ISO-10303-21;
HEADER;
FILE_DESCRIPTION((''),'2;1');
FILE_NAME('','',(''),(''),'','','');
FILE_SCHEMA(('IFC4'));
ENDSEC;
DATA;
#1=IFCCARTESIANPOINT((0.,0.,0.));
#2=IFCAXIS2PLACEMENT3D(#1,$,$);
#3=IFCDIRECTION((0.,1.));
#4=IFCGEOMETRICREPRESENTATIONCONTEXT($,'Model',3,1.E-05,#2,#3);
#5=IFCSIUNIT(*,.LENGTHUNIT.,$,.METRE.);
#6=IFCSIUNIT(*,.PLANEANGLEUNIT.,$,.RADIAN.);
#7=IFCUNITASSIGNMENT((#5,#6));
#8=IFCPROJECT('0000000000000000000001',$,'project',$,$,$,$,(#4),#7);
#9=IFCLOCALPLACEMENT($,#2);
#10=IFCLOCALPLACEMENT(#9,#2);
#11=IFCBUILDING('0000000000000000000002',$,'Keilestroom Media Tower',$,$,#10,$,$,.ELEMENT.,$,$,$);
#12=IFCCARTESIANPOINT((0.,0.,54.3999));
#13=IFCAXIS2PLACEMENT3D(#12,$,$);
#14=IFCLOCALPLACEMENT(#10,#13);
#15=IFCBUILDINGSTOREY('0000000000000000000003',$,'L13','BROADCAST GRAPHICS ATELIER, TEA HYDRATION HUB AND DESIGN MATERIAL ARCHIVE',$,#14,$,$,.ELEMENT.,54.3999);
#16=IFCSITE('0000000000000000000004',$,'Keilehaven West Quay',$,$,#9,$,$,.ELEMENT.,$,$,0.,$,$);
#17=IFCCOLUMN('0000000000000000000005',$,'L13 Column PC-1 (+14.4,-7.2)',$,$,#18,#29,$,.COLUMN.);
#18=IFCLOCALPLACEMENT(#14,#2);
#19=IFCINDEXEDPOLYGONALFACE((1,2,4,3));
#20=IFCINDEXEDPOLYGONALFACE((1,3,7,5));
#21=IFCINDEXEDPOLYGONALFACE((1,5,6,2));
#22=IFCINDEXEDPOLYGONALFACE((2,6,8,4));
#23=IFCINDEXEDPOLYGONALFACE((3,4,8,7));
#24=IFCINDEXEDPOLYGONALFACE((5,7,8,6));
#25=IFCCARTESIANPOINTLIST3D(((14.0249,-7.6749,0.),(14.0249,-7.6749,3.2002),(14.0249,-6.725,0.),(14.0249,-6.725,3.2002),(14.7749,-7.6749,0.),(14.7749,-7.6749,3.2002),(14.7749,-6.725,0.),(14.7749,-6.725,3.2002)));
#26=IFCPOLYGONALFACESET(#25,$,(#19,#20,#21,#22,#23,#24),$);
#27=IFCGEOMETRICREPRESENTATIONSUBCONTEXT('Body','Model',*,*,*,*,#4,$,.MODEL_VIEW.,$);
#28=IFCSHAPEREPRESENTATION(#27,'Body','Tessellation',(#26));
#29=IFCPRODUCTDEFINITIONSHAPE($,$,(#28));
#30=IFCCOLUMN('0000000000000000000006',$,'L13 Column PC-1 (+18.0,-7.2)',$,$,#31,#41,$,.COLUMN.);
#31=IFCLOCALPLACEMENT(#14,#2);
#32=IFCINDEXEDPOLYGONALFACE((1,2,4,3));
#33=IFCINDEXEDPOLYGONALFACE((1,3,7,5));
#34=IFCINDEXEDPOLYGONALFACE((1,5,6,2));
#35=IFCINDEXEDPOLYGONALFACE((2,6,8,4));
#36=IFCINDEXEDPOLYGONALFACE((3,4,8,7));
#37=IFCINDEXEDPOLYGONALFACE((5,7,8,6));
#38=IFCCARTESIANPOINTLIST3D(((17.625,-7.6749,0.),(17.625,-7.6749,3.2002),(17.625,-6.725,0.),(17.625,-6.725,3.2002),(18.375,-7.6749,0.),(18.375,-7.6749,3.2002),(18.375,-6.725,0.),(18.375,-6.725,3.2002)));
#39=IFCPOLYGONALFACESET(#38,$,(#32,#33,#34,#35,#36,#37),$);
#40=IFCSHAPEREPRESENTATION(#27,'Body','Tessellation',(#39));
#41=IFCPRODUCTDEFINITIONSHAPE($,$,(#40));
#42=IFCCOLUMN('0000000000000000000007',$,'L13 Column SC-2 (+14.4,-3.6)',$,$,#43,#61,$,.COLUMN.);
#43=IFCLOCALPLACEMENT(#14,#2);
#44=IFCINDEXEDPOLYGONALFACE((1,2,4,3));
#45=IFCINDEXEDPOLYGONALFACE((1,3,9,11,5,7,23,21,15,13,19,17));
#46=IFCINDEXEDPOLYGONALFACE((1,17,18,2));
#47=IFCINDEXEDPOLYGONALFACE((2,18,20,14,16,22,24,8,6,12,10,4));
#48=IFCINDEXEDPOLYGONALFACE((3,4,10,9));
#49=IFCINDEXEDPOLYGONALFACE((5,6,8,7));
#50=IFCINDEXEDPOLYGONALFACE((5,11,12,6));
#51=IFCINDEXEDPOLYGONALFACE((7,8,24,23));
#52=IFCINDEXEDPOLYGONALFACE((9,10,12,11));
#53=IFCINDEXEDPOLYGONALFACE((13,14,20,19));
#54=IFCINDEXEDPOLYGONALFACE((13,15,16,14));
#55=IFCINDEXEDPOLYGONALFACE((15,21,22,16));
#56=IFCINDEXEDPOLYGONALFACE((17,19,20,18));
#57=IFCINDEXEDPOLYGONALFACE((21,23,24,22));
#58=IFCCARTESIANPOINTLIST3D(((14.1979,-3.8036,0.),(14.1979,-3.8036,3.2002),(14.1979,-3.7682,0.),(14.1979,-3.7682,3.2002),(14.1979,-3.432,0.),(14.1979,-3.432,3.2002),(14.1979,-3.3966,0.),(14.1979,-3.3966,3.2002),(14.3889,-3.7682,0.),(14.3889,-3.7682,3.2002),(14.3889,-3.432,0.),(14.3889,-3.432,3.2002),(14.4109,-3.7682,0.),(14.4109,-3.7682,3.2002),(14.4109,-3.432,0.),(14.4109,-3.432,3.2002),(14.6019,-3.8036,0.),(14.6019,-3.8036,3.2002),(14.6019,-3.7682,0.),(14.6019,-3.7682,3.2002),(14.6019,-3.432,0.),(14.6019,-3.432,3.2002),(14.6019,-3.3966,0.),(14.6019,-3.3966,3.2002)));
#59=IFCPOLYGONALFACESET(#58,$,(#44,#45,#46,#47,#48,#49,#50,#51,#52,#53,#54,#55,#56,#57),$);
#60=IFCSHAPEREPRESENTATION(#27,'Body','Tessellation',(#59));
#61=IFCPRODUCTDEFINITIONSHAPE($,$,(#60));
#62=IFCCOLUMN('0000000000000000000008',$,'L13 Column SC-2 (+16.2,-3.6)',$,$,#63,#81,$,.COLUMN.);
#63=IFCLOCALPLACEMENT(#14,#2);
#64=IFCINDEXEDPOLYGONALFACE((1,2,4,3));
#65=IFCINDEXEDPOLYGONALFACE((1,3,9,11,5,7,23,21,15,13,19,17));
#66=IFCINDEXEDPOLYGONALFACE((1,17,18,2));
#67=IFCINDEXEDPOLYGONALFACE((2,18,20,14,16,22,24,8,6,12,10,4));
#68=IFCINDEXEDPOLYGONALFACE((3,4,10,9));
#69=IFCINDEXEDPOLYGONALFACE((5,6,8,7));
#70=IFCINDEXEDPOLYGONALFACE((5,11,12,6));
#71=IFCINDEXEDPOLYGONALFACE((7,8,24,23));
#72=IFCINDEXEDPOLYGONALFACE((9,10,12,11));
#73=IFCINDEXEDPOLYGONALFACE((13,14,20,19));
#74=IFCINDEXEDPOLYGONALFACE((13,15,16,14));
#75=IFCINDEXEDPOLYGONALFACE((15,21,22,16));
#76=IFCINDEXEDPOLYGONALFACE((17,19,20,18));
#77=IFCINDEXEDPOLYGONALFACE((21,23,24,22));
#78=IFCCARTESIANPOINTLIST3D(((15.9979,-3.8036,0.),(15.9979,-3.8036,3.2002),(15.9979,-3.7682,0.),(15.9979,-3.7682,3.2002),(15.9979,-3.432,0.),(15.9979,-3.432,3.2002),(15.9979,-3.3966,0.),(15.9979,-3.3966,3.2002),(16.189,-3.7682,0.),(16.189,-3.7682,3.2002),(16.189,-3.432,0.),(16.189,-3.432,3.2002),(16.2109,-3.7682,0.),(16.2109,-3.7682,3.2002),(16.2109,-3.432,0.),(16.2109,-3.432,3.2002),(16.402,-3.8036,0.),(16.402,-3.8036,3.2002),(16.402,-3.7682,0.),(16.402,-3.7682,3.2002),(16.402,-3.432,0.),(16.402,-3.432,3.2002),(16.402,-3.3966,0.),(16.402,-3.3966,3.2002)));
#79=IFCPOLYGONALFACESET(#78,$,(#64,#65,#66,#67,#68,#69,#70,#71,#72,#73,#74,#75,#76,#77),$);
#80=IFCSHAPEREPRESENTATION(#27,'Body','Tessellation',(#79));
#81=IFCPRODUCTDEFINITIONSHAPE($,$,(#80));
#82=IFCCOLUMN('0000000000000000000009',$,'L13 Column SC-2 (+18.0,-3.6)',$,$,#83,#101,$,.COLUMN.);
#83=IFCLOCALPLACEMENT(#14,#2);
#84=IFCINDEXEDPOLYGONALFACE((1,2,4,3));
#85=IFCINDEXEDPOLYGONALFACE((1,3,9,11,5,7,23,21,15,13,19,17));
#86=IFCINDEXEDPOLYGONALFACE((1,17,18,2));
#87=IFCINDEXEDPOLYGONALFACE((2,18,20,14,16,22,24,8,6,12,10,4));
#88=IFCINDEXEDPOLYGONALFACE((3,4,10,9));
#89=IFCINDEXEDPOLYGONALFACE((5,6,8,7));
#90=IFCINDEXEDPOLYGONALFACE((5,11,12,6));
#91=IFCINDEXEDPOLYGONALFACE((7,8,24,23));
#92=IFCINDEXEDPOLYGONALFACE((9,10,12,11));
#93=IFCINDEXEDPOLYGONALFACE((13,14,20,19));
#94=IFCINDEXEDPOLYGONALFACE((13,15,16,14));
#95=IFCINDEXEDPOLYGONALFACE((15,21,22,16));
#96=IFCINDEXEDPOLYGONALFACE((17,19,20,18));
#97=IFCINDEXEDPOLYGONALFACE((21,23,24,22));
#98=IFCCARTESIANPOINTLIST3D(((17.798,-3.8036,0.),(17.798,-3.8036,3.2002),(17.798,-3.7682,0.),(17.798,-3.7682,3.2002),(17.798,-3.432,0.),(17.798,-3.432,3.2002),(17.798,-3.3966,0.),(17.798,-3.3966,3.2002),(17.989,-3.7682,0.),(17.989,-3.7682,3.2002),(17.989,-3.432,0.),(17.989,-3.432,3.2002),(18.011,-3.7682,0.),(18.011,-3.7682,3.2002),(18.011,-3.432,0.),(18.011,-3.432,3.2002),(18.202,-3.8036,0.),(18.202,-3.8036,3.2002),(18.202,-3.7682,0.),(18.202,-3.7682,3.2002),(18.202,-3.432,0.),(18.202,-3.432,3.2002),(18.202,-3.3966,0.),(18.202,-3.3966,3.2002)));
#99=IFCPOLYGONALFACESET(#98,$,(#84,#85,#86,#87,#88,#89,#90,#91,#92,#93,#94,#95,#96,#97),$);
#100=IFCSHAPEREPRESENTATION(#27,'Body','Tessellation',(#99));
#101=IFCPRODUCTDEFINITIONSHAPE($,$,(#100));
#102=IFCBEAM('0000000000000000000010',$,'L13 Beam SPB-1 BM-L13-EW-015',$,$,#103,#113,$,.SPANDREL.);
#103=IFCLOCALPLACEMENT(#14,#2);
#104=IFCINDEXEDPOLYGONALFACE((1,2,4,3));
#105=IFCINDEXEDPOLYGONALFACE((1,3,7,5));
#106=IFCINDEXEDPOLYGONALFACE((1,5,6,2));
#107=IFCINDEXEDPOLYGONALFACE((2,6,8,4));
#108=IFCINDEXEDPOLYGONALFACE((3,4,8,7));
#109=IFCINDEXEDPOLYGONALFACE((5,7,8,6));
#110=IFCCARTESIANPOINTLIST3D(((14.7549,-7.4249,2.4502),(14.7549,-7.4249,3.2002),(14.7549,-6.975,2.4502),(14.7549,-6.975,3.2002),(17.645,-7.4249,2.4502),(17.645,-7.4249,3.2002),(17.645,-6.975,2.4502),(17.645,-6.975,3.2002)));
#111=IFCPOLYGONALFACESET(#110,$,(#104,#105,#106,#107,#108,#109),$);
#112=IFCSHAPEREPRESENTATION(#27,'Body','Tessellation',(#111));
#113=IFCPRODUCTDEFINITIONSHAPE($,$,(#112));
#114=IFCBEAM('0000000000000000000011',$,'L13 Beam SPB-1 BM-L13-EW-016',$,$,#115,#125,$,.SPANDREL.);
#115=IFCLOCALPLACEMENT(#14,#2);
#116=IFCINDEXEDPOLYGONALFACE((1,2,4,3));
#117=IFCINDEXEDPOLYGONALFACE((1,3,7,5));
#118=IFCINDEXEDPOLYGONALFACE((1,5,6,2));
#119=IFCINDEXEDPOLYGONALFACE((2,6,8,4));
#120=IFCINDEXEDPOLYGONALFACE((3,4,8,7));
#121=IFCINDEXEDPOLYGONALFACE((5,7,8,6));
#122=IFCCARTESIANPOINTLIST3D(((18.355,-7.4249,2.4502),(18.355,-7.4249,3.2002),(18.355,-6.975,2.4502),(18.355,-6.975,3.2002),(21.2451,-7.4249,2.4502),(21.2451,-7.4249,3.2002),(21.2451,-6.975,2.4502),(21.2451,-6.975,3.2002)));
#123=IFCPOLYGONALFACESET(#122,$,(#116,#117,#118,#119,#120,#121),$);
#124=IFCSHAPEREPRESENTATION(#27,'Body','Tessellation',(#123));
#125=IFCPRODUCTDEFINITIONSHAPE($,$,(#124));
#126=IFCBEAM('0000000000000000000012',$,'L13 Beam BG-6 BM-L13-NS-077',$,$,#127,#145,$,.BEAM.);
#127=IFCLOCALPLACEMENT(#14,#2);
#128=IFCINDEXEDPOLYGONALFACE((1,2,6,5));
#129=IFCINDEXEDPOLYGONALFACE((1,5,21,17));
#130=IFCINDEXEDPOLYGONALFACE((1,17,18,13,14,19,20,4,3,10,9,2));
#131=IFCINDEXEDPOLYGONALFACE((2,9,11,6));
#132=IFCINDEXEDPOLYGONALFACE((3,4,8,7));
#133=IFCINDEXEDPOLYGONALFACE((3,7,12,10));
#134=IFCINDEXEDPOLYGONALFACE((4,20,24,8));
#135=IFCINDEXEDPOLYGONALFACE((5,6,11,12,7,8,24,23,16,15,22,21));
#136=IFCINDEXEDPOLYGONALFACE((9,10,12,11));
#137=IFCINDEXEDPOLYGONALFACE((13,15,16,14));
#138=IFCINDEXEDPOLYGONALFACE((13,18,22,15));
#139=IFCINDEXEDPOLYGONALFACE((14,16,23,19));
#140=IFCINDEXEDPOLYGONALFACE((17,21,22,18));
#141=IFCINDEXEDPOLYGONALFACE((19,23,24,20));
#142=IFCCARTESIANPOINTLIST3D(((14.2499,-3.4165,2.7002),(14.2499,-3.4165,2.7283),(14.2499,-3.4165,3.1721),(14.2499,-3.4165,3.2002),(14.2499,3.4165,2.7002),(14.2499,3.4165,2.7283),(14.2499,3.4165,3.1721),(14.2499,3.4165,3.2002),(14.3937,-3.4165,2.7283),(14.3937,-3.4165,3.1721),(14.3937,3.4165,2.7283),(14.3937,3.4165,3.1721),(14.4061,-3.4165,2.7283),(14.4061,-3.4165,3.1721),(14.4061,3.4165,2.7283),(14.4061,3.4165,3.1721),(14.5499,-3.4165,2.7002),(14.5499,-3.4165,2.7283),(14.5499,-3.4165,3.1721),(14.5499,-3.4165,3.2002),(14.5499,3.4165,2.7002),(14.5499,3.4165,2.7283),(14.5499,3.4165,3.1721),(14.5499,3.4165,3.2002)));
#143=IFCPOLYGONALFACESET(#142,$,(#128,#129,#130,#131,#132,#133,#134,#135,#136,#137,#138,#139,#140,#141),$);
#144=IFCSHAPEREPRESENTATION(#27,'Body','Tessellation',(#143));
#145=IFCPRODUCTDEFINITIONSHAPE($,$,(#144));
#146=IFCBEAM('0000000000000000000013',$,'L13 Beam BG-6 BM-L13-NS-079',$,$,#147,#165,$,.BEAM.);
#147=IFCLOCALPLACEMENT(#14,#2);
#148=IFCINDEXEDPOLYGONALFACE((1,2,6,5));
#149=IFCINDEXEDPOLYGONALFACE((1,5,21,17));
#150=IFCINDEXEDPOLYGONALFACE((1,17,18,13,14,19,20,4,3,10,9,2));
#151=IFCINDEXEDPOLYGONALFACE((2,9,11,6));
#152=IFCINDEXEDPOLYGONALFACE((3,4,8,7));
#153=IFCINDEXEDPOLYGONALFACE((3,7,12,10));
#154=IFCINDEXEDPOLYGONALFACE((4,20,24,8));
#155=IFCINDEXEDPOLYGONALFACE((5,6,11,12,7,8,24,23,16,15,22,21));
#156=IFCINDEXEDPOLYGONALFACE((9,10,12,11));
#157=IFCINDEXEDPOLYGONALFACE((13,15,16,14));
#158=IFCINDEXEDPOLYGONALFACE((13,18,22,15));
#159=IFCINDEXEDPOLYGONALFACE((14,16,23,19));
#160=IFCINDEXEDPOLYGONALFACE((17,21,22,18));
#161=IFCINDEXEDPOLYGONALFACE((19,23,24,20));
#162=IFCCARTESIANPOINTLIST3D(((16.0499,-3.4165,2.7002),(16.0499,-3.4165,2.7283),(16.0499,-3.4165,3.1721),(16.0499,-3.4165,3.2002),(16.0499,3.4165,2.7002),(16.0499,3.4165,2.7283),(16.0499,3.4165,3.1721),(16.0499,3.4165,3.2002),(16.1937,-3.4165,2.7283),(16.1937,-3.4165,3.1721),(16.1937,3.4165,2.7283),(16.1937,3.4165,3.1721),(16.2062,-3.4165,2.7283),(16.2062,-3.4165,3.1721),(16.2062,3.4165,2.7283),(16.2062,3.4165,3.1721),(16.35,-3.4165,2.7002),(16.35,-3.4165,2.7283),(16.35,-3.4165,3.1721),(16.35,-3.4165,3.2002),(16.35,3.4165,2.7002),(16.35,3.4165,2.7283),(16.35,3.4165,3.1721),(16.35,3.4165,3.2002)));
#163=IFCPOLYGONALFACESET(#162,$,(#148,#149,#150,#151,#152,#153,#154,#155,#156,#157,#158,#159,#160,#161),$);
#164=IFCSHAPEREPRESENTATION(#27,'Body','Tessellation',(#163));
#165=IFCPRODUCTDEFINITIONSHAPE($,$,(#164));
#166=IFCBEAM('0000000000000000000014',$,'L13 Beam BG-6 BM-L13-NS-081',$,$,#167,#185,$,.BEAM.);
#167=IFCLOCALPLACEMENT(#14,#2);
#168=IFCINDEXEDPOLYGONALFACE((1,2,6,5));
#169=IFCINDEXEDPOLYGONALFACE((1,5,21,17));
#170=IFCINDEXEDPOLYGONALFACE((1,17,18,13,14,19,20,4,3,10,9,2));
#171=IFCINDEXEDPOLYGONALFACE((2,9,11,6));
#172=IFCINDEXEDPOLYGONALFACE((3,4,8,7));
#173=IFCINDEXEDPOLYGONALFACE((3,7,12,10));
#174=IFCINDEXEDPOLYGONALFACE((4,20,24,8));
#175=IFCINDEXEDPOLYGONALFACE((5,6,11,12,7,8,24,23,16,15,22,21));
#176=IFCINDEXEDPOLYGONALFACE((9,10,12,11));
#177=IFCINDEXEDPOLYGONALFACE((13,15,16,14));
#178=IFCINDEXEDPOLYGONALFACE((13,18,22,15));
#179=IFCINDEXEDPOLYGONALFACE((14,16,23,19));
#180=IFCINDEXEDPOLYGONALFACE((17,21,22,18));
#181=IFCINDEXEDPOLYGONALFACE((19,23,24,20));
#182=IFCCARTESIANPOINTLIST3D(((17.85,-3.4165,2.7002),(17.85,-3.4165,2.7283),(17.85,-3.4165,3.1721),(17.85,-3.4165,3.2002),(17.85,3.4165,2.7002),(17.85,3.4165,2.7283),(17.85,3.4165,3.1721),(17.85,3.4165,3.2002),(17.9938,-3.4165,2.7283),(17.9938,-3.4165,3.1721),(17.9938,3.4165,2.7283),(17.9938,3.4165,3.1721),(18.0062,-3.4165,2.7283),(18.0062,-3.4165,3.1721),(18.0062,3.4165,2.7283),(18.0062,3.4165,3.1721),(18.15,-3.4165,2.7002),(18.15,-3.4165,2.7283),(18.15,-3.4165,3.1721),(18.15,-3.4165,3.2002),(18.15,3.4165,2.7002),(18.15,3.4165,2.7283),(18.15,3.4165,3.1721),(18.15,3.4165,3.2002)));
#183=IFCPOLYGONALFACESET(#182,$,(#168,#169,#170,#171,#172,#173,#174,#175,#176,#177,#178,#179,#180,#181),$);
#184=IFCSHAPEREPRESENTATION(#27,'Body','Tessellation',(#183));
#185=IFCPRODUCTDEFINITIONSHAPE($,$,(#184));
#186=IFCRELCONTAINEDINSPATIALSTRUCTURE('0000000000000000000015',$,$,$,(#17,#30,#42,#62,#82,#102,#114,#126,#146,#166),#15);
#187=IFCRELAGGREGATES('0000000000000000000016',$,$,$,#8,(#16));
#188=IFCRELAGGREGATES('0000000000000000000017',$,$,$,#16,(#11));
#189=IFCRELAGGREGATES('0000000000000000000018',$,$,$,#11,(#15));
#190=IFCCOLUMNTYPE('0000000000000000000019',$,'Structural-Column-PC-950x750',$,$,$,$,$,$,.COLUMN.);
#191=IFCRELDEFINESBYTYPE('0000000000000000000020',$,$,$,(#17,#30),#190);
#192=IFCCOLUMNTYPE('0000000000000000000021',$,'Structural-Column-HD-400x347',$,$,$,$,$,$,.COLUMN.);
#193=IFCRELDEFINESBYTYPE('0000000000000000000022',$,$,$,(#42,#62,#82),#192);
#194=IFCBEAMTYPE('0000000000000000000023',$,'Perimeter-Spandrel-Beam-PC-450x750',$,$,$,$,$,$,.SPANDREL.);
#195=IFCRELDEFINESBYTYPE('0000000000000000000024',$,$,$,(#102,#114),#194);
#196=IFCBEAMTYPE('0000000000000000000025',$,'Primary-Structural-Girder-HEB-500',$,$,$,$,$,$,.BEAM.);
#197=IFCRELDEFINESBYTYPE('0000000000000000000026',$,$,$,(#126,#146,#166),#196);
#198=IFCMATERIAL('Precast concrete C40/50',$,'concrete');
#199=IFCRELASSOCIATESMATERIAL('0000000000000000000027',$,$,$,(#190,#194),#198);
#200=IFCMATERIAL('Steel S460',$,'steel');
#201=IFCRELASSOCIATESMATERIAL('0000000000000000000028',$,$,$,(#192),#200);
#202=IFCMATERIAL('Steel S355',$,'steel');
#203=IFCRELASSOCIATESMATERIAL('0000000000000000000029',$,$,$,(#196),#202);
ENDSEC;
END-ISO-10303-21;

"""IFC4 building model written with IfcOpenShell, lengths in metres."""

from ifc_helpers import new_model, si_unit, direction, frame, origin, origin_2d, place, context, subcontext, project, spatial, rectangle, i_section, extrude, source, transform, mapped, material, material_profile, profile_set, type_object, element, save


model = new_model("IFC4")

# Units and contexts
model_context = context("Model", 3, precision=1e-05, world=origin(), true_north=direction((0.0, 1.0)))
body_context = subcontext(model_context, "Body", "Model", "MODEL_VIEW")
ifc_project = project(units=[si_unit("LENGTHUNIT", "METRE"), si_unit("PLANEANGLEUNIT", "RADIAN")], contexts=[model_context])

# Site, building, storey
site_placement = place(None, origin())
site = spatial("IfcSite", under=ifc_project, at=site_placement, Name="Keilehaven West Quay", CompositionType="ELEMENT", RefElevation=0.0)
building_placement = place(site_placement, origin())
building = spatial("IfcBuilding", under=site, at=building_placement, Name="Keilestroom Media Tower", CompositionType="ELEMENT")
storey_placement = place(building_placement, frame((0.0, 0.0, 54.3999)))
storey = spatial("IfcBuildingStorey", under=building, at=storey_placement, Name="L13", Description="BROADCAST GRAPHICS ATELIER, TEA HYDRATION HUB AND DESIGN MATERIAL ARCHIVE", CompositionType="ELEMENT", Elevation=54.3999)

# Columns
ifc_material_1 = material(Name="Precast concrete C40/50", Category="concrete")
ifc_material_profile_1 = material_profile(ifc_material_1, rectangle(XDim=0.75, YDim=0.95, at=origin_2d()), Name="PC 950x750")
ifc_profile_set_1 = profile_set([ifc_material_profile_1], Name="Precast concrete C40/50")
column_type_1 = type_object("IfcColumnType", Name="Structural-Column-PC-950x750", PredefinedType="COLUMN", material=ifc_profile_set_1)
shared_shape_1 = source(origin(), body_context, "Body", "SweptSolid", [
    extrude(rectangle(XDim=0.75, YDim=0.95, at=origin_2d()), origin(), (0.0, 0.0, 1.0), 3.2002),
])
for number, where, z_axis, x_axis, name in (
    (1, (14.3999, -7.2, 0.0), (0.0, 0.0, 1.0), (1.0, 0.0, 0.0), "L13 Column PC-1 (+14.4,-7.2)"),
    (2, (18.0, -7.2, 0.0), (0.0, 0.0, 1.0), (1.0, 0.0, 0.0), "L13 Column PC-1 (+18.0,-7.2)"),
):
    element("IfcColumn", number, at=place(storey_placement, frame(where, z_axis=z_axis, x_axis=x_axis)), inside=storey, type_object=column_type_1, Name=name, PredefinedType="COLUMN", context=body_context, shape_type="MappedRepresentation", body=[
        mapped(shared_shape_1, transform((0.0, 0.0, 0.0), x_axis=(1.0, 0.0, 0.0), y_axis=(0.0, 1.0, 0.0), z_axis=(0.0, 0.0, 1.0), scale=1.0)),
    ])
ifc_material_2 = material(Name="Steel S460", Category="steel")
ifc_material_profile_2 = material_profile(ifc_material_2, i_section(OverallWidth=0.4041, OverallDepth=0.407, WebThickness=0.022, FlangeThickness=0.0354, at=origin_2d()), Name="HD 400x347")
ifc_profile_set_2 = profile_set([ifc_material_profile_2], Name="Steel S460")
column_type_2 = type_object("IfcColumnType", Name="Structural-Column-HD-400x347", PredefinedType="COLUMN", material=ifc_profile_set_2)
shared_shape_2 = source(origin(), body_context, "Body", "SweptSolid", [
    extrude(i_section(OverallWidth=0.4041, OverallDepth=0.407, WebThickness=0.022, FlangeThickness=0.0354, at=origin_2d()), origin(), (0.0, 0.0, 1.0), 3.2002),
])
for number, where, z_axis, x_axis, name in (
    (3, (14.3999, -3.6001, 0.0), (0.0, 0.0, 1.0), (1.0, 0.0, 0.0), "L13 Column SC-2 (+14.4,-3.6)"),
    (4, (16.2, -3.6001, 0.0), (0.0, 0.0, 1.0), (1.0, 0.0, 0.0), "L13 Column SC-2 (+16.2,-3.6)"),
    (5, (18.0, -3.6001, 0.0), (0.0, 0.0, 1.0), (1.0, 0.0, 0.0), "L13 Column SC-2 (+18.0,-3.6)"),
):
    element("IfcColumn", number, at=place(storey_placement, frame(where, z_axis=z_axis, x_axis=x_axis)), inside=storey, type_object=column_type_2, Name=name, PredefinedType="COLUMN", context=body_context, shape_type="MappedRepresentation", body=[
        mapped(shared_shape_2, transform((0.0, 0.0, 0.0), x_axis=(1.0, 0.0, 0.0), y_axis=(0.0, 1.0, 0.0), z_axis=(0.0, 0.0, 1.0), scale=1.0)),
    ])

# Beams
ifc_material_profile_3 = material_profile(ifc_material_1, rectangle(XDim=0.45, YDim=0.75, at=origin_2d()), Name="PC 450x750")
ifc_profile_set_3 = profile_set([ifc_material_profile_3], Name="Precast concrete C40/50")
beam_type_1 = type_object("IfcBeamType", Name="Perimeter-Spandrel-Beam-PC-450x750", PredefinedType="SPANDREL", material=ifc_profile_set_3)
shared_shape_3 = source(origin(), body_context, "Body", "SweptSolid", [
    extrude(rectangle(XDim=0.45, YDim=0.75, at=origin_2d()), origin(), (0.0, 0.0, 1.0), 2.8901),
])
for number, where, z_axis, x_axis, name in (
    (6, (14.7549, -7.2, 2.8252), (1.0, 0.0, 0.0), (0.0, 1.0, 0.0), "L13 Beam SPB-1 BM-L13-EW-015"),
    (7, (18.355, -7.2, 2.8252), (1.0, 0.0, 0.0), (0.0, 1.0, 0.0), "L13 Beam SPB-1 BM-L13-EW-016"),
):
    element("IfcBeam", number, at=place(storey_placement, frame(where, z_axis=z_axis, x_axis=x_axis)), inside=storey, type_object=beam_type_1, Name=name, PredefinedType="SPANDREL", context=body_context, shape_type="MappedRepresentation", body=[
        mapped(shared_shape_3, transform((0.0, 0.0, 0.0), x_axis=(1.0, 0.0, 0.0), y_axis=(0.0, 1.0, 0.0), z_axis=(0.0, 0.0, 1.0), scale=1.0)),
    ])
ifc_material_3 = material(Name="Steel S355", Category="steel")
ifc_material_profile_4 = material_profile(ifc_material_3, i_section(OverallWidth=0.3, OverallDepth=0.5, WebThickness=0.0125, FlangeThickness=0.0281, at=origin_2d()), Name="HEB 500")
ifc_profile_set_4 = profile_set([ifc_material_profile_4], Name="Steel S355")
beam_type_2 = type_object("IfcBeamType", Name="Primary-Structural-Girder-HEB-500", PredefinedType="BEAM", material=ifc_profile_set_4)
shared_shape_4 = source(origin(), body_context, "Body", "SweptSolid", [
    extrude(i_section(OverallWidth=0.3, OverallDepth=0.5, WebThickness=0.0125, FlangeThickness=0.0281, at=origin_2d()), origin(), (0.0, 0.0, 1.0), 6.833),
])
for number, where, z_axis, x_axis, name in (
    (8, (14.3999, -3.4165, 2.9502), (0.0, 1.0, 0.0), (-1.0, 0.0, 0.0), "L13 Beam BG-6 BM-L13-NS-077"),
    (9, (16.2, -3.4165, 2.9502), (0.0, 1.0, 0.0), (-1.0, 0.0, 0.0), "L13 Beam BG-6 BM-L13-NS-079"),
    (10, (18.0, -3.4165, 2.9502), (0.0, 1.0, 0.0), (-1.0, 0.0, 0.0), "L13 Beam BG-6 BM-L13-NS-081"),
):
    element("IfcBeam", number, at=place(storey_placement, frame(where, z_axis=z_axis, x_axis=x_axis)), inside=storey, type_object=beam_type_2, Name=name, PredefinedType="BEAM", context=body_context, shape_type="MappedRepresentation", body=[
        mapped(shared_shape_4, transform((0.0, 0.0, 0.0), x_axis=(1.0, 0.0, 0.0), y_axis=(0.0, 1.0, 0.0), z_axis=(0.0, 0.0, 1.0), scale=1.0)),
    ])

save(model, "model.ifc")
